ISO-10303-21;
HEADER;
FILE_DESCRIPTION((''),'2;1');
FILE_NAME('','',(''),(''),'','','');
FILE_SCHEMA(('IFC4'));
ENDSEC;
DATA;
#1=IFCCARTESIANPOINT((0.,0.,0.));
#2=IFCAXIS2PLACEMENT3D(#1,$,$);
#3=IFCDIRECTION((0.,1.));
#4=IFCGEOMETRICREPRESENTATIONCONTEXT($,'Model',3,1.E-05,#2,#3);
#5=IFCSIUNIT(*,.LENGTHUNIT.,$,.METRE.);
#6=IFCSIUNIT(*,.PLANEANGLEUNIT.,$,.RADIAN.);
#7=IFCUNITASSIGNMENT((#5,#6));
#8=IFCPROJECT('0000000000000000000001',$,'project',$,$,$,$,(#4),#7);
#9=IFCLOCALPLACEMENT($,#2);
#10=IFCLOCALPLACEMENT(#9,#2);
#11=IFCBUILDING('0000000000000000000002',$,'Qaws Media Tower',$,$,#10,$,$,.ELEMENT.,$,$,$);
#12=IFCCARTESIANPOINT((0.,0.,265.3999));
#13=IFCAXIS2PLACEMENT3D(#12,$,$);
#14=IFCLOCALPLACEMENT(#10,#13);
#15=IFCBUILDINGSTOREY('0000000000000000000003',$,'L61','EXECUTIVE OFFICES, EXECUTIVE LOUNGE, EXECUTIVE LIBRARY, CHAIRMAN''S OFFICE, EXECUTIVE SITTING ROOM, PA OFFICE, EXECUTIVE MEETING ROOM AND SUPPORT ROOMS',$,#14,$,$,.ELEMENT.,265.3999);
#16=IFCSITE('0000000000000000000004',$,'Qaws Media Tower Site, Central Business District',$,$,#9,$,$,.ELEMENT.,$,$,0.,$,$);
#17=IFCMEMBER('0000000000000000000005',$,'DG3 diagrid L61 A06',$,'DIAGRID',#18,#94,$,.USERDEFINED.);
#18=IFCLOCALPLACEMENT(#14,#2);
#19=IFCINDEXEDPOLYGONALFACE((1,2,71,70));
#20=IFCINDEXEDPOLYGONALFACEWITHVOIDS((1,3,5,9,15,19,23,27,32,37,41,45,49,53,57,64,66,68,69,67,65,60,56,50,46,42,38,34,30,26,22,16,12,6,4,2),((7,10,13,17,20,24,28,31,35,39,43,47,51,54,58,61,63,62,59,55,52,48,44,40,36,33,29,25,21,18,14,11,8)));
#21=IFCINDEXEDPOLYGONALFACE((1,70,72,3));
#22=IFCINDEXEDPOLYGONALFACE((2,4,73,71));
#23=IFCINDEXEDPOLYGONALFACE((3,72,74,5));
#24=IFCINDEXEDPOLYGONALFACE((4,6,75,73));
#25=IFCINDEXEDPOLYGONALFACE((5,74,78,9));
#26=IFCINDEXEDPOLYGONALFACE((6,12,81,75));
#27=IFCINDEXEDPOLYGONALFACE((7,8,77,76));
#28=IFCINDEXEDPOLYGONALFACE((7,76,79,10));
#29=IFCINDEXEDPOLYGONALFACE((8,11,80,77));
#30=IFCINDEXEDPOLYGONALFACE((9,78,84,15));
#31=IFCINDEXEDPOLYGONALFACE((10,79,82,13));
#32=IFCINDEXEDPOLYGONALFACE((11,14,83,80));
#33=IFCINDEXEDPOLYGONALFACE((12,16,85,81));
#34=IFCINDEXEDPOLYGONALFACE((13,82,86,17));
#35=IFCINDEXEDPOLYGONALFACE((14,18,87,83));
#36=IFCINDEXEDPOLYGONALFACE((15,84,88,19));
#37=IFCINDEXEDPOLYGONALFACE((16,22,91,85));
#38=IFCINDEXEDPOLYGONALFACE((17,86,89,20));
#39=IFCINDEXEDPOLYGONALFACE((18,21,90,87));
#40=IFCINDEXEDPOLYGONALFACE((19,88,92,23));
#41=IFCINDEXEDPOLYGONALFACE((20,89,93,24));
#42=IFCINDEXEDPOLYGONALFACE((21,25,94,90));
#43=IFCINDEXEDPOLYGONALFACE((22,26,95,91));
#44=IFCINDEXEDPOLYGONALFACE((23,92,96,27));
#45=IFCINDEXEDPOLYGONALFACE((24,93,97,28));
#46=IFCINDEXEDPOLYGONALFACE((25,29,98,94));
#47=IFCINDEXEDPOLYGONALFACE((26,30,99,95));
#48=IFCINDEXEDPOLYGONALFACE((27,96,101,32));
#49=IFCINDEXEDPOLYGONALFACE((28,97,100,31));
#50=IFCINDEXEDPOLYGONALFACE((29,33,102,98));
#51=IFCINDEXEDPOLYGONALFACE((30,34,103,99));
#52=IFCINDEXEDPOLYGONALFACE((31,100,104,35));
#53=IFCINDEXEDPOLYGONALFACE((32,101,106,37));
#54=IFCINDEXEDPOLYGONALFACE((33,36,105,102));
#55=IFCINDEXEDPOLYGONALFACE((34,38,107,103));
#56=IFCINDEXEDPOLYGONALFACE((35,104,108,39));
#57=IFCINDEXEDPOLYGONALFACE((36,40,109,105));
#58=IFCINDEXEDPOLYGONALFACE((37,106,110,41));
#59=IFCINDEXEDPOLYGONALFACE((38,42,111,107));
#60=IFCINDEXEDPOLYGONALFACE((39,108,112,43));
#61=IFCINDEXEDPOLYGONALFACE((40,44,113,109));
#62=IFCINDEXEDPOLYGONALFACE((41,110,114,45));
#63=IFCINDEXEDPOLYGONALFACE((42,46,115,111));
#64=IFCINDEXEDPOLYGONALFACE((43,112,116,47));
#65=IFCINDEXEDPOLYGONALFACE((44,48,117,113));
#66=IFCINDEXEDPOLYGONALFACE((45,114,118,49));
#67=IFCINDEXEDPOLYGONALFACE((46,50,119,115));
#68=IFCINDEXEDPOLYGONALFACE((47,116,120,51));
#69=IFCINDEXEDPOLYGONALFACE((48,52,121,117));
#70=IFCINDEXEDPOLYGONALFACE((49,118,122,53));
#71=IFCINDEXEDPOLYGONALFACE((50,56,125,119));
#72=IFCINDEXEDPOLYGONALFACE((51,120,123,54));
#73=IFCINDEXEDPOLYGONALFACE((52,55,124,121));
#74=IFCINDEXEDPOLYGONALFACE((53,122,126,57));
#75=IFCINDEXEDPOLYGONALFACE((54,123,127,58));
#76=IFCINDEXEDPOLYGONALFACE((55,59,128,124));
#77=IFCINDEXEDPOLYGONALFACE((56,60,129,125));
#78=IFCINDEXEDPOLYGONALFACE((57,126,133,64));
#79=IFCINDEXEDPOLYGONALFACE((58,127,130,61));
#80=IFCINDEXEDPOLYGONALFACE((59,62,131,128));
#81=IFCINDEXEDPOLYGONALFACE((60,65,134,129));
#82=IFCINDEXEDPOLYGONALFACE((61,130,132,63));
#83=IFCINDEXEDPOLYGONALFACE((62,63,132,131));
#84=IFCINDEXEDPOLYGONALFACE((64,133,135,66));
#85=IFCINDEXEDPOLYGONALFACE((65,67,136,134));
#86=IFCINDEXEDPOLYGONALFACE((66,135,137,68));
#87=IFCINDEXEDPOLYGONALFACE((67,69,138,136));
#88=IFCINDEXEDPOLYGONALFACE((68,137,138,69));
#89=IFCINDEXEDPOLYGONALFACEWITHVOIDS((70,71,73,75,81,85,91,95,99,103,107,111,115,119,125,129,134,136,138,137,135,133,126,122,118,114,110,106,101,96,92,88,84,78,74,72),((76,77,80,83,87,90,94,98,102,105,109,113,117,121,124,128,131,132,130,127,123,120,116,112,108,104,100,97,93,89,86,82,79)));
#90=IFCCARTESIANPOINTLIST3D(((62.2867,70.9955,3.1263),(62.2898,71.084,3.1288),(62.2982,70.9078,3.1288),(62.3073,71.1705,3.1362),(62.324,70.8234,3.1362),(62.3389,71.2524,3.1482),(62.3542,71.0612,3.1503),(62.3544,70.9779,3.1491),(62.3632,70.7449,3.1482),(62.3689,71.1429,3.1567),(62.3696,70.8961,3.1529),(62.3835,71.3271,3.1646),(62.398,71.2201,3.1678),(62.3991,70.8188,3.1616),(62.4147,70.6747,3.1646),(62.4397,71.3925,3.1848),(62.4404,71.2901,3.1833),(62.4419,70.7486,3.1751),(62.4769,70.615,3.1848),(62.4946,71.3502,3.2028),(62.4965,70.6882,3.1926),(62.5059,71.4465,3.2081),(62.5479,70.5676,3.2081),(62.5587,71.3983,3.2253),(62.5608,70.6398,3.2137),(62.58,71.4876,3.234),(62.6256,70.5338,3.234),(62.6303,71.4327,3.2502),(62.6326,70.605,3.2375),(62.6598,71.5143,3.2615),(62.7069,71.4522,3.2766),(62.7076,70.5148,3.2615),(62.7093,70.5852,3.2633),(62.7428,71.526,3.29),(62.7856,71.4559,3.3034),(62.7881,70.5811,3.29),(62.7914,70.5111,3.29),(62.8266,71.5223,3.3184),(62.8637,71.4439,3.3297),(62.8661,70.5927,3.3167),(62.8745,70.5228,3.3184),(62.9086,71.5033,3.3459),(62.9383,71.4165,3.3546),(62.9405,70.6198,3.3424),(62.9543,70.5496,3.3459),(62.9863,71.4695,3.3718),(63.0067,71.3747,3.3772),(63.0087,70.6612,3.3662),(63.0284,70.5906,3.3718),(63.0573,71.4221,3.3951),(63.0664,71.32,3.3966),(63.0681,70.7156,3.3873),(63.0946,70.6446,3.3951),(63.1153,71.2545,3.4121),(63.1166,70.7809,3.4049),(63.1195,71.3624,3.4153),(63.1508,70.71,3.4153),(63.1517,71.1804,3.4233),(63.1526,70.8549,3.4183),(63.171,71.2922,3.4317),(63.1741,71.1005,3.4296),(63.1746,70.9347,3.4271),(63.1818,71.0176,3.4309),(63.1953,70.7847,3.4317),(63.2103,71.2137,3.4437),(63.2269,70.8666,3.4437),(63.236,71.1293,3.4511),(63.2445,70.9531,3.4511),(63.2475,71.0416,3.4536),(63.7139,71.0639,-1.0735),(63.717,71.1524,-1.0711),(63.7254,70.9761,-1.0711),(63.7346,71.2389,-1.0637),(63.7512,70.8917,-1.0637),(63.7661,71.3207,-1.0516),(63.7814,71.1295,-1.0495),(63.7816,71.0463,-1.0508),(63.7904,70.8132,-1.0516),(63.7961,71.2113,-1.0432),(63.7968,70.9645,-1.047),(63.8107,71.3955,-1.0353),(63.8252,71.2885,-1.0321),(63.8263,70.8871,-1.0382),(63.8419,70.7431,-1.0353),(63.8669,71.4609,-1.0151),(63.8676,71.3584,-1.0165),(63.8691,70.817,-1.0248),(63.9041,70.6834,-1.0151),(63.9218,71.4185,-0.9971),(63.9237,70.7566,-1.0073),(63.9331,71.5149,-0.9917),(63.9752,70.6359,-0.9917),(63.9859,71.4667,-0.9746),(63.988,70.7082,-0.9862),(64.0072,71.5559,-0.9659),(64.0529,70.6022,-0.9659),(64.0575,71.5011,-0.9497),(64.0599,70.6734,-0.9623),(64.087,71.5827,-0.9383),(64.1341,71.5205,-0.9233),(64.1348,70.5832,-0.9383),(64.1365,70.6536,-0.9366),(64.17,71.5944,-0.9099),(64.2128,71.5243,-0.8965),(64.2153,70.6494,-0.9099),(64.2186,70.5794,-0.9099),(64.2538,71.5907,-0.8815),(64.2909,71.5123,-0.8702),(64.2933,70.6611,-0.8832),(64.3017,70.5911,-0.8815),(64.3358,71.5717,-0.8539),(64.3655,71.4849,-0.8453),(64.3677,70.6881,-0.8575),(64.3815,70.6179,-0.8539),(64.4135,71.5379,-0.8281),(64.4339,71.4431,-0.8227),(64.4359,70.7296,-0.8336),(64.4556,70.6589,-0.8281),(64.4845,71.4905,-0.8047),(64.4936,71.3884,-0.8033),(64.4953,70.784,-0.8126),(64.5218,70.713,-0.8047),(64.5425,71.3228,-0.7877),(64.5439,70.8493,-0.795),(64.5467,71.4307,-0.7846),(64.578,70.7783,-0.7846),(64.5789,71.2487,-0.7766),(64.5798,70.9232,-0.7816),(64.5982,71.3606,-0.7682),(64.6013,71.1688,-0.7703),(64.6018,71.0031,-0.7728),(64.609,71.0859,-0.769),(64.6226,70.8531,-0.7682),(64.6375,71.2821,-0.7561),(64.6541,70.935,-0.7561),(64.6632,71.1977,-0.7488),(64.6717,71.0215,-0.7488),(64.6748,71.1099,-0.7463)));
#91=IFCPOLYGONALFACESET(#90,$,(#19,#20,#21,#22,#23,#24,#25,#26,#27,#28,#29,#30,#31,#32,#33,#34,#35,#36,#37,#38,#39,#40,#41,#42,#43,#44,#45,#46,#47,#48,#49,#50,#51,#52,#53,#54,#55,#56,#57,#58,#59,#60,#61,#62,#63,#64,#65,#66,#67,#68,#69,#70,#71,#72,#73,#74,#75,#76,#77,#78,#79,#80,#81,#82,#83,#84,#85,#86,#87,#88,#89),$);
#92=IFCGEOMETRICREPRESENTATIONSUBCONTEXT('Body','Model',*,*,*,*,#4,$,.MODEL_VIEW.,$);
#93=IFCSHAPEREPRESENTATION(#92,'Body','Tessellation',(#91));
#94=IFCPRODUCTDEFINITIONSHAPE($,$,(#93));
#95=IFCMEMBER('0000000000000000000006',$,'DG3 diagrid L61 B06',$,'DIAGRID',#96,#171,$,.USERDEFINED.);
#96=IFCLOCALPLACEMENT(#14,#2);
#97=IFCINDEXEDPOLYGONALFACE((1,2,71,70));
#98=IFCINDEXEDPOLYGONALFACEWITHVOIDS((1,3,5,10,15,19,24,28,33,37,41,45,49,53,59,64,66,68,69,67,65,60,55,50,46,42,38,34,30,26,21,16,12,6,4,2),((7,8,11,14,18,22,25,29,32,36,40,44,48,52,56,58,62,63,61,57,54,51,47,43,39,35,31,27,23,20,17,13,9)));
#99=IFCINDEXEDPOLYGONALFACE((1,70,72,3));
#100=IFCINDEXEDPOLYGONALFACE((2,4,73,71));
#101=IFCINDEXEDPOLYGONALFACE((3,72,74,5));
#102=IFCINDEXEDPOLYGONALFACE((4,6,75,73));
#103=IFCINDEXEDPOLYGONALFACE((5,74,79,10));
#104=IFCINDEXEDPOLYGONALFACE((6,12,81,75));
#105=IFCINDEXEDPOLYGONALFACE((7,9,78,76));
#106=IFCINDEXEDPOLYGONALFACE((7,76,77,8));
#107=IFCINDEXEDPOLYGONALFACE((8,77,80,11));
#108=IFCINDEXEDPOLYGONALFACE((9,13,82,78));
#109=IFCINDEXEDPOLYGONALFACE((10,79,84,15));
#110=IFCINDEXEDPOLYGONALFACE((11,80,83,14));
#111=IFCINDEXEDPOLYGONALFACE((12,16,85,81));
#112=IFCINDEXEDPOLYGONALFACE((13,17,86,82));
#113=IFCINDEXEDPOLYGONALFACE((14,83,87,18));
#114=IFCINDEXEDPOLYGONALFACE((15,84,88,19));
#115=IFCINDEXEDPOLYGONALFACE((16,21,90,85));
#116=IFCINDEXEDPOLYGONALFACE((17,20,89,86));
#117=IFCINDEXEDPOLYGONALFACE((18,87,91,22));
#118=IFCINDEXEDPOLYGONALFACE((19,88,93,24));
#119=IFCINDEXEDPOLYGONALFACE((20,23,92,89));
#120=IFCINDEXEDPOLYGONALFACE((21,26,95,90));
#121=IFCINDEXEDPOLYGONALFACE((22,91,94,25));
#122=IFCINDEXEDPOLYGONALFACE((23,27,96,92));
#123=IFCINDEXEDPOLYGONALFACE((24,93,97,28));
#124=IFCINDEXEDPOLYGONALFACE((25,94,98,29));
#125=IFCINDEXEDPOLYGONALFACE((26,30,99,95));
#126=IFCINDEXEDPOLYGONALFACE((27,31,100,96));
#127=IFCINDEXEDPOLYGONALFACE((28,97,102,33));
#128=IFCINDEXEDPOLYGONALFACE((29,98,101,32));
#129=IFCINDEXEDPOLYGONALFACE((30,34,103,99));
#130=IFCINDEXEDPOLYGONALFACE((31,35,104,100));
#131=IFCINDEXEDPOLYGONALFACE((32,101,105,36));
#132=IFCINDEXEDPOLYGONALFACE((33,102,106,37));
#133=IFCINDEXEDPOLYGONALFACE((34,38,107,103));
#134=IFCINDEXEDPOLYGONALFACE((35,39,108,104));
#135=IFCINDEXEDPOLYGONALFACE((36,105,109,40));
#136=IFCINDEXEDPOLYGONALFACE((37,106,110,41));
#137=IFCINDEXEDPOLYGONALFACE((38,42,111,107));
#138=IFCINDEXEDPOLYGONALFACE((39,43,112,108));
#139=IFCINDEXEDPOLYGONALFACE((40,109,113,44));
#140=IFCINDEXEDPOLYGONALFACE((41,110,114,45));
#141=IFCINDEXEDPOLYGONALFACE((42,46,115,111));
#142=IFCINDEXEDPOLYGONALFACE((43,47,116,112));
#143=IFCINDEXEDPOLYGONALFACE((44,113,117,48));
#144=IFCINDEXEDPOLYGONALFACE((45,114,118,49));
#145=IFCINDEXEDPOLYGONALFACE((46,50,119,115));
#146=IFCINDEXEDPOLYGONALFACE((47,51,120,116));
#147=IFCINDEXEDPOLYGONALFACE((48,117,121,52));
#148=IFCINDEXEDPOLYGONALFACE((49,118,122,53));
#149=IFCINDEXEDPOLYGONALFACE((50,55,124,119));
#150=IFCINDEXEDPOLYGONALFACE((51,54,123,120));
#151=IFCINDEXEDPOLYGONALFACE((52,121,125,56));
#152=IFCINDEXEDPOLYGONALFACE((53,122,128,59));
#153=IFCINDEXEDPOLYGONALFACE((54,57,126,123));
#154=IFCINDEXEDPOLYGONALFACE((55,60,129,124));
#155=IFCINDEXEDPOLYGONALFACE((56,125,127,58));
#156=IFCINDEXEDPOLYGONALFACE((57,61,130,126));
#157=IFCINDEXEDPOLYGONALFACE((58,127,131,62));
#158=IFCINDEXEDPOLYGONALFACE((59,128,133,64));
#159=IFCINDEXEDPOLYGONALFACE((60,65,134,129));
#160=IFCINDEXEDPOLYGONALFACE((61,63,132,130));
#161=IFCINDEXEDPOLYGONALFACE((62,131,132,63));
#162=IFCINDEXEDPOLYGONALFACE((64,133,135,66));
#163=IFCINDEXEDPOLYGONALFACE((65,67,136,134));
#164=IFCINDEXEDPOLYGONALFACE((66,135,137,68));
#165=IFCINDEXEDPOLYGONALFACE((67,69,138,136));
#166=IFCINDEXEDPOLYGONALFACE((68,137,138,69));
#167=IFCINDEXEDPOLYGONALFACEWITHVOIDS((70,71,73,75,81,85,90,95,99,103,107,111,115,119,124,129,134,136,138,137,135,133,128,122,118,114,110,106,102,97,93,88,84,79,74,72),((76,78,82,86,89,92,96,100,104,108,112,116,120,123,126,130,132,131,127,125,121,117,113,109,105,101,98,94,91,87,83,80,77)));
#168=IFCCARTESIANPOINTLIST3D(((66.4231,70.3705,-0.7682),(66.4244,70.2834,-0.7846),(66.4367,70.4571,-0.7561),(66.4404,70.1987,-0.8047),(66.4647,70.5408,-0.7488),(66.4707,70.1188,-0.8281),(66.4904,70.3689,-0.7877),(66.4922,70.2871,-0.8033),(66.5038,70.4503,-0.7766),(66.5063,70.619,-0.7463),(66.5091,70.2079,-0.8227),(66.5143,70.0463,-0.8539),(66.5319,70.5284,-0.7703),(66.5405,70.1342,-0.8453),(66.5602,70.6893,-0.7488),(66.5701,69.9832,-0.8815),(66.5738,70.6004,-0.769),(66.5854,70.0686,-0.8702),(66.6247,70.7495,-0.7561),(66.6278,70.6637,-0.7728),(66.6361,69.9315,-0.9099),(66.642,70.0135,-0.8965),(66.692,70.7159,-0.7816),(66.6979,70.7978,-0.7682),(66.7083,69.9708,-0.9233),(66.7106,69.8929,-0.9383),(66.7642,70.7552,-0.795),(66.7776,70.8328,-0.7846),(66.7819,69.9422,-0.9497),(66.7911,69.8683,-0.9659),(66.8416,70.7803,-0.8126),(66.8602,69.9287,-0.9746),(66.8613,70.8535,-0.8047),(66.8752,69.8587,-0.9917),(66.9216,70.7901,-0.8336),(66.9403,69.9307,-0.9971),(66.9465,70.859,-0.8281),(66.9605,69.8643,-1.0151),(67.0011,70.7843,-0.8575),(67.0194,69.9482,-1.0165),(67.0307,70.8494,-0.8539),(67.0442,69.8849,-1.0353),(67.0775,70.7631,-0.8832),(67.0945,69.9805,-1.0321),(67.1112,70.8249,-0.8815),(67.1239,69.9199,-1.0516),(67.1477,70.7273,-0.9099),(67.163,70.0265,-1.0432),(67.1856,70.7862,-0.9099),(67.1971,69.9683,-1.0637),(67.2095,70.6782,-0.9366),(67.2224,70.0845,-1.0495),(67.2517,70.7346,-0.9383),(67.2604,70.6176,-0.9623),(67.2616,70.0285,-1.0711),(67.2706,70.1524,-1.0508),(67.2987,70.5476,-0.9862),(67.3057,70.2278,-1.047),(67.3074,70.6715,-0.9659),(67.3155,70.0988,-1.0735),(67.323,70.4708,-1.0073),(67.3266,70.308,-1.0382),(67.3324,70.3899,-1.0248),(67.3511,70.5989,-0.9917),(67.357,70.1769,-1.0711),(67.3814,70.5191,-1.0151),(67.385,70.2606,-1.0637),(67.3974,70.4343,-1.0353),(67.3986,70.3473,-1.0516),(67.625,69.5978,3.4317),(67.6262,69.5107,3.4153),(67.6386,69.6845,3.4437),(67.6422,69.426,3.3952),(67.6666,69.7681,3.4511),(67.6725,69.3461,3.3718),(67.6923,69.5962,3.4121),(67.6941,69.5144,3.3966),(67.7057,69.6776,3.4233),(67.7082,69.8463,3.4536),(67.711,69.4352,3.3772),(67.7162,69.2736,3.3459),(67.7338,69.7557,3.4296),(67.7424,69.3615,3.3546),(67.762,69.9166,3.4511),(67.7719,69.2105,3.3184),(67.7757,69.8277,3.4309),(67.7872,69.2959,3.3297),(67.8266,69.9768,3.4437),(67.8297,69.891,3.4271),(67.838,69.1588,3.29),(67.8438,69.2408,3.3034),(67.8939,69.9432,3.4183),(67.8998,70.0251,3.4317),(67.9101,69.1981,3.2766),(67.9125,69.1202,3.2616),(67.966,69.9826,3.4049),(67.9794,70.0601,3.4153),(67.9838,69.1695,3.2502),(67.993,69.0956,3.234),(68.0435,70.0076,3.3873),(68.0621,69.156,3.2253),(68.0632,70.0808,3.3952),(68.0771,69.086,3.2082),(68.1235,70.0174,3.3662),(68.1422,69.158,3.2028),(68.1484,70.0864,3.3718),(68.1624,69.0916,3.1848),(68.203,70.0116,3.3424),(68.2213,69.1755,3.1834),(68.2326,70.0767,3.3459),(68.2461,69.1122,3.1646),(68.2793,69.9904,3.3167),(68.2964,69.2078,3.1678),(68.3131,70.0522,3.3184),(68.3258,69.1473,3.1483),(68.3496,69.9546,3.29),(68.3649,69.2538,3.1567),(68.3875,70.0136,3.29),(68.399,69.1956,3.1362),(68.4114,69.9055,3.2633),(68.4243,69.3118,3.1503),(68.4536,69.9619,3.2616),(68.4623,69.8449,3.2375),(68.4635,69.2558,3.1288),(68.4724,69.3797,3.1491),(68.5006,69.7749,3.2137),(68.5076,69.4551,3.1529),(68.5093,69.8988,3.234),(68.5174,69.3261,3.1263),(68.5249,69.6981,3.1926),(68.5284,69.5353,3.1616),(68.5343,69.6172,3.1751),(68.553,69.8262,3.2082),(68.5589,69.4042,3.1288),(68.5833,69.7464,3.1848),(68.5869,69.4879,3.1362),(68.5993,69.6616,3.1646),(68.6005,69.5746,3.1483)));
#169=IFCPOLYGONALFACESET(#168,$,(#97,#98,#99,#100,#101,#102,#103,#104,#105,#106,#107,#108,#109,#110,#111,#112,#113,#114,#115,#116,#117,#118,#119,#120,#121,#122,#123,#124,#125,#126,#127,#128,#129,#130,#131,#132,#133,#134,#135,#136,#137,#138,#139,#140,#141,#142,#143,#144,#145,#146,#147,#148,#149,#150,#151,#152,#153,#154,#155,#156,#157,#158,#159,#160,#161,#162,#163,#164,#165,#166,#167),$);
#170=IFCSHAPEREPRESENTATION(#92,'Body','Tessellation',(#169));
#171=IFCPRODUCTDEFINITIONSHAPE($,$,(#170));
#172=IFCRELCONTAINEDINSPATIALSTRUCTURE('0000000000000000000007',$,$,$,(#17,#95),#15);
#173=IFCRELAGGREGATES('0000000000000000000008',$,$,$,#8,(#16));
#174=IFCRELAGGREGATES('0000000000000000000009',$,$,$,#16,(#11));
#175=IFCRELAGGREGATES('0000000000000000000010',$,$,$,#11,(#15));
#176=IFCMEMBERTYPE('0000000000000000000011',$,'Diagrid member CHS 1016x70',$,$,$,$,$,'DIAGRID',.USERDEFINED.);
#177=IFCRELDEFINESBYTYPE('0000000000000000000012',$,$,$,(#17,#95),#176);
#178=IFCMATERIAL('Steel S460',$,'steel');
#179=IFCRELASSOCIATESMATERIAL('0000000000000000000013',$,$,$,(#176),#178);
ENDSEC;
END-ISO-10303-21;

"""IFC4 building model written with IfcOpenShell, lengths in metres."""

from ifc_helpers import new_model, si_unit, direction, frame, origin, origin_2d, place, context, subcontext, project, spatial, hollow_circle, extrude, material, material_profile, profile_set, type_object, element, save


model = new_model("IFC4")

# Units and contexts
model_context = context("Model", 3, precision=1e-05, world=origin(), true_north=direction((0.0, 1.0)))
body_context = subcontext(model_context, "Body", "Model", "MODEL_VIEW")
ifc_project = project(units=[si_unit("LENGTHUNIT", "METRE"), si_unit("PLANEANGLEUNIT", "RADIAN")], contexts=[model_context])

# Site, building, storey
site_placement = place(None, origin())
site = spatial("IfcSite", under=ifc_project, at=site_placement, Name="Qaws Media Tower Site, Central Business District", CompositionType="ELEMENT", RefElevation=0.0)
building_placement = place(site_placement, origin())
building = spatial("IfcBuilding", under=site, at=building_placement, Name="Qaws Media Tower", CompositionType="ELEMENT")
storey_placement = place(building_placement, frame((0.0, 0.0, 265.3999)))
storey = spatial("IfcBuildingStorey", under=building, at=storey_placement, Name="L61", Description="EXECUTIVE OFFICES, EXECUTIVE LOUNGE, EXECUTIVE LIBRARY, CHAIRMAN'S OFFICE, EXECUTIVE SITTING ROOM, PA OFFICE, EXECUTIVE MEETING ROOM AND SUPPORT ROOMS", CompositionType="ELEMENT", Elevation=265.3999)

# Members
ifc_material_1 = material(Name="Steel S460", Category="steel")
ifc_material_profile_1 = material_profile(ifc_material_1, hollow_circle(Radius=0.5081, WallThickness=0.0701, at=origin_2d()), Name="CHS 1016x70")
ifc_profile_set_1 = profile_set([ifc_material_profile_1], Name="Steel S460")
member_type_1 = type_object("IfcMemberType", Name="Diagrid member CHS 1016x70", ElementType="DIAGRID", PredefinedType="USERDEFINED", material=ifc_profile_set_1)
for number, where, z_axis, x_axis, name in (
    (1, (64.1943, 71.0869, -0.9099), (-0.321716, -0.015409, 0.946711), (0.047841, -0.998855, 0.0), "DG3 diagrid L61 A06"),
    (2, (66.9109, 70.3589, -0.9099), (0.270922, -0.174176, 0.946712), (0.540783, 0.841162, 0.0), "DG3 diagrid L61 B06"),
):
    element("IfcMember", number, at=place(storey_placement, frame(where, z_axis=z_axis, x_axis=x_axis)), inside=storey, type_object=member_type_1, Name=name, ObjectType="DIAGRID", PredefinedType="USERDEFINED", context=body_context, shape_type="SweptSolid", body=[
        extrude(hollow_circle(Radius=0.5081, WallThickness=0.0701, at=origin_2d()), origin(), (0.0, 0.0, 1.0), 4.4363),
    ])

save(model, "model.ifc")
